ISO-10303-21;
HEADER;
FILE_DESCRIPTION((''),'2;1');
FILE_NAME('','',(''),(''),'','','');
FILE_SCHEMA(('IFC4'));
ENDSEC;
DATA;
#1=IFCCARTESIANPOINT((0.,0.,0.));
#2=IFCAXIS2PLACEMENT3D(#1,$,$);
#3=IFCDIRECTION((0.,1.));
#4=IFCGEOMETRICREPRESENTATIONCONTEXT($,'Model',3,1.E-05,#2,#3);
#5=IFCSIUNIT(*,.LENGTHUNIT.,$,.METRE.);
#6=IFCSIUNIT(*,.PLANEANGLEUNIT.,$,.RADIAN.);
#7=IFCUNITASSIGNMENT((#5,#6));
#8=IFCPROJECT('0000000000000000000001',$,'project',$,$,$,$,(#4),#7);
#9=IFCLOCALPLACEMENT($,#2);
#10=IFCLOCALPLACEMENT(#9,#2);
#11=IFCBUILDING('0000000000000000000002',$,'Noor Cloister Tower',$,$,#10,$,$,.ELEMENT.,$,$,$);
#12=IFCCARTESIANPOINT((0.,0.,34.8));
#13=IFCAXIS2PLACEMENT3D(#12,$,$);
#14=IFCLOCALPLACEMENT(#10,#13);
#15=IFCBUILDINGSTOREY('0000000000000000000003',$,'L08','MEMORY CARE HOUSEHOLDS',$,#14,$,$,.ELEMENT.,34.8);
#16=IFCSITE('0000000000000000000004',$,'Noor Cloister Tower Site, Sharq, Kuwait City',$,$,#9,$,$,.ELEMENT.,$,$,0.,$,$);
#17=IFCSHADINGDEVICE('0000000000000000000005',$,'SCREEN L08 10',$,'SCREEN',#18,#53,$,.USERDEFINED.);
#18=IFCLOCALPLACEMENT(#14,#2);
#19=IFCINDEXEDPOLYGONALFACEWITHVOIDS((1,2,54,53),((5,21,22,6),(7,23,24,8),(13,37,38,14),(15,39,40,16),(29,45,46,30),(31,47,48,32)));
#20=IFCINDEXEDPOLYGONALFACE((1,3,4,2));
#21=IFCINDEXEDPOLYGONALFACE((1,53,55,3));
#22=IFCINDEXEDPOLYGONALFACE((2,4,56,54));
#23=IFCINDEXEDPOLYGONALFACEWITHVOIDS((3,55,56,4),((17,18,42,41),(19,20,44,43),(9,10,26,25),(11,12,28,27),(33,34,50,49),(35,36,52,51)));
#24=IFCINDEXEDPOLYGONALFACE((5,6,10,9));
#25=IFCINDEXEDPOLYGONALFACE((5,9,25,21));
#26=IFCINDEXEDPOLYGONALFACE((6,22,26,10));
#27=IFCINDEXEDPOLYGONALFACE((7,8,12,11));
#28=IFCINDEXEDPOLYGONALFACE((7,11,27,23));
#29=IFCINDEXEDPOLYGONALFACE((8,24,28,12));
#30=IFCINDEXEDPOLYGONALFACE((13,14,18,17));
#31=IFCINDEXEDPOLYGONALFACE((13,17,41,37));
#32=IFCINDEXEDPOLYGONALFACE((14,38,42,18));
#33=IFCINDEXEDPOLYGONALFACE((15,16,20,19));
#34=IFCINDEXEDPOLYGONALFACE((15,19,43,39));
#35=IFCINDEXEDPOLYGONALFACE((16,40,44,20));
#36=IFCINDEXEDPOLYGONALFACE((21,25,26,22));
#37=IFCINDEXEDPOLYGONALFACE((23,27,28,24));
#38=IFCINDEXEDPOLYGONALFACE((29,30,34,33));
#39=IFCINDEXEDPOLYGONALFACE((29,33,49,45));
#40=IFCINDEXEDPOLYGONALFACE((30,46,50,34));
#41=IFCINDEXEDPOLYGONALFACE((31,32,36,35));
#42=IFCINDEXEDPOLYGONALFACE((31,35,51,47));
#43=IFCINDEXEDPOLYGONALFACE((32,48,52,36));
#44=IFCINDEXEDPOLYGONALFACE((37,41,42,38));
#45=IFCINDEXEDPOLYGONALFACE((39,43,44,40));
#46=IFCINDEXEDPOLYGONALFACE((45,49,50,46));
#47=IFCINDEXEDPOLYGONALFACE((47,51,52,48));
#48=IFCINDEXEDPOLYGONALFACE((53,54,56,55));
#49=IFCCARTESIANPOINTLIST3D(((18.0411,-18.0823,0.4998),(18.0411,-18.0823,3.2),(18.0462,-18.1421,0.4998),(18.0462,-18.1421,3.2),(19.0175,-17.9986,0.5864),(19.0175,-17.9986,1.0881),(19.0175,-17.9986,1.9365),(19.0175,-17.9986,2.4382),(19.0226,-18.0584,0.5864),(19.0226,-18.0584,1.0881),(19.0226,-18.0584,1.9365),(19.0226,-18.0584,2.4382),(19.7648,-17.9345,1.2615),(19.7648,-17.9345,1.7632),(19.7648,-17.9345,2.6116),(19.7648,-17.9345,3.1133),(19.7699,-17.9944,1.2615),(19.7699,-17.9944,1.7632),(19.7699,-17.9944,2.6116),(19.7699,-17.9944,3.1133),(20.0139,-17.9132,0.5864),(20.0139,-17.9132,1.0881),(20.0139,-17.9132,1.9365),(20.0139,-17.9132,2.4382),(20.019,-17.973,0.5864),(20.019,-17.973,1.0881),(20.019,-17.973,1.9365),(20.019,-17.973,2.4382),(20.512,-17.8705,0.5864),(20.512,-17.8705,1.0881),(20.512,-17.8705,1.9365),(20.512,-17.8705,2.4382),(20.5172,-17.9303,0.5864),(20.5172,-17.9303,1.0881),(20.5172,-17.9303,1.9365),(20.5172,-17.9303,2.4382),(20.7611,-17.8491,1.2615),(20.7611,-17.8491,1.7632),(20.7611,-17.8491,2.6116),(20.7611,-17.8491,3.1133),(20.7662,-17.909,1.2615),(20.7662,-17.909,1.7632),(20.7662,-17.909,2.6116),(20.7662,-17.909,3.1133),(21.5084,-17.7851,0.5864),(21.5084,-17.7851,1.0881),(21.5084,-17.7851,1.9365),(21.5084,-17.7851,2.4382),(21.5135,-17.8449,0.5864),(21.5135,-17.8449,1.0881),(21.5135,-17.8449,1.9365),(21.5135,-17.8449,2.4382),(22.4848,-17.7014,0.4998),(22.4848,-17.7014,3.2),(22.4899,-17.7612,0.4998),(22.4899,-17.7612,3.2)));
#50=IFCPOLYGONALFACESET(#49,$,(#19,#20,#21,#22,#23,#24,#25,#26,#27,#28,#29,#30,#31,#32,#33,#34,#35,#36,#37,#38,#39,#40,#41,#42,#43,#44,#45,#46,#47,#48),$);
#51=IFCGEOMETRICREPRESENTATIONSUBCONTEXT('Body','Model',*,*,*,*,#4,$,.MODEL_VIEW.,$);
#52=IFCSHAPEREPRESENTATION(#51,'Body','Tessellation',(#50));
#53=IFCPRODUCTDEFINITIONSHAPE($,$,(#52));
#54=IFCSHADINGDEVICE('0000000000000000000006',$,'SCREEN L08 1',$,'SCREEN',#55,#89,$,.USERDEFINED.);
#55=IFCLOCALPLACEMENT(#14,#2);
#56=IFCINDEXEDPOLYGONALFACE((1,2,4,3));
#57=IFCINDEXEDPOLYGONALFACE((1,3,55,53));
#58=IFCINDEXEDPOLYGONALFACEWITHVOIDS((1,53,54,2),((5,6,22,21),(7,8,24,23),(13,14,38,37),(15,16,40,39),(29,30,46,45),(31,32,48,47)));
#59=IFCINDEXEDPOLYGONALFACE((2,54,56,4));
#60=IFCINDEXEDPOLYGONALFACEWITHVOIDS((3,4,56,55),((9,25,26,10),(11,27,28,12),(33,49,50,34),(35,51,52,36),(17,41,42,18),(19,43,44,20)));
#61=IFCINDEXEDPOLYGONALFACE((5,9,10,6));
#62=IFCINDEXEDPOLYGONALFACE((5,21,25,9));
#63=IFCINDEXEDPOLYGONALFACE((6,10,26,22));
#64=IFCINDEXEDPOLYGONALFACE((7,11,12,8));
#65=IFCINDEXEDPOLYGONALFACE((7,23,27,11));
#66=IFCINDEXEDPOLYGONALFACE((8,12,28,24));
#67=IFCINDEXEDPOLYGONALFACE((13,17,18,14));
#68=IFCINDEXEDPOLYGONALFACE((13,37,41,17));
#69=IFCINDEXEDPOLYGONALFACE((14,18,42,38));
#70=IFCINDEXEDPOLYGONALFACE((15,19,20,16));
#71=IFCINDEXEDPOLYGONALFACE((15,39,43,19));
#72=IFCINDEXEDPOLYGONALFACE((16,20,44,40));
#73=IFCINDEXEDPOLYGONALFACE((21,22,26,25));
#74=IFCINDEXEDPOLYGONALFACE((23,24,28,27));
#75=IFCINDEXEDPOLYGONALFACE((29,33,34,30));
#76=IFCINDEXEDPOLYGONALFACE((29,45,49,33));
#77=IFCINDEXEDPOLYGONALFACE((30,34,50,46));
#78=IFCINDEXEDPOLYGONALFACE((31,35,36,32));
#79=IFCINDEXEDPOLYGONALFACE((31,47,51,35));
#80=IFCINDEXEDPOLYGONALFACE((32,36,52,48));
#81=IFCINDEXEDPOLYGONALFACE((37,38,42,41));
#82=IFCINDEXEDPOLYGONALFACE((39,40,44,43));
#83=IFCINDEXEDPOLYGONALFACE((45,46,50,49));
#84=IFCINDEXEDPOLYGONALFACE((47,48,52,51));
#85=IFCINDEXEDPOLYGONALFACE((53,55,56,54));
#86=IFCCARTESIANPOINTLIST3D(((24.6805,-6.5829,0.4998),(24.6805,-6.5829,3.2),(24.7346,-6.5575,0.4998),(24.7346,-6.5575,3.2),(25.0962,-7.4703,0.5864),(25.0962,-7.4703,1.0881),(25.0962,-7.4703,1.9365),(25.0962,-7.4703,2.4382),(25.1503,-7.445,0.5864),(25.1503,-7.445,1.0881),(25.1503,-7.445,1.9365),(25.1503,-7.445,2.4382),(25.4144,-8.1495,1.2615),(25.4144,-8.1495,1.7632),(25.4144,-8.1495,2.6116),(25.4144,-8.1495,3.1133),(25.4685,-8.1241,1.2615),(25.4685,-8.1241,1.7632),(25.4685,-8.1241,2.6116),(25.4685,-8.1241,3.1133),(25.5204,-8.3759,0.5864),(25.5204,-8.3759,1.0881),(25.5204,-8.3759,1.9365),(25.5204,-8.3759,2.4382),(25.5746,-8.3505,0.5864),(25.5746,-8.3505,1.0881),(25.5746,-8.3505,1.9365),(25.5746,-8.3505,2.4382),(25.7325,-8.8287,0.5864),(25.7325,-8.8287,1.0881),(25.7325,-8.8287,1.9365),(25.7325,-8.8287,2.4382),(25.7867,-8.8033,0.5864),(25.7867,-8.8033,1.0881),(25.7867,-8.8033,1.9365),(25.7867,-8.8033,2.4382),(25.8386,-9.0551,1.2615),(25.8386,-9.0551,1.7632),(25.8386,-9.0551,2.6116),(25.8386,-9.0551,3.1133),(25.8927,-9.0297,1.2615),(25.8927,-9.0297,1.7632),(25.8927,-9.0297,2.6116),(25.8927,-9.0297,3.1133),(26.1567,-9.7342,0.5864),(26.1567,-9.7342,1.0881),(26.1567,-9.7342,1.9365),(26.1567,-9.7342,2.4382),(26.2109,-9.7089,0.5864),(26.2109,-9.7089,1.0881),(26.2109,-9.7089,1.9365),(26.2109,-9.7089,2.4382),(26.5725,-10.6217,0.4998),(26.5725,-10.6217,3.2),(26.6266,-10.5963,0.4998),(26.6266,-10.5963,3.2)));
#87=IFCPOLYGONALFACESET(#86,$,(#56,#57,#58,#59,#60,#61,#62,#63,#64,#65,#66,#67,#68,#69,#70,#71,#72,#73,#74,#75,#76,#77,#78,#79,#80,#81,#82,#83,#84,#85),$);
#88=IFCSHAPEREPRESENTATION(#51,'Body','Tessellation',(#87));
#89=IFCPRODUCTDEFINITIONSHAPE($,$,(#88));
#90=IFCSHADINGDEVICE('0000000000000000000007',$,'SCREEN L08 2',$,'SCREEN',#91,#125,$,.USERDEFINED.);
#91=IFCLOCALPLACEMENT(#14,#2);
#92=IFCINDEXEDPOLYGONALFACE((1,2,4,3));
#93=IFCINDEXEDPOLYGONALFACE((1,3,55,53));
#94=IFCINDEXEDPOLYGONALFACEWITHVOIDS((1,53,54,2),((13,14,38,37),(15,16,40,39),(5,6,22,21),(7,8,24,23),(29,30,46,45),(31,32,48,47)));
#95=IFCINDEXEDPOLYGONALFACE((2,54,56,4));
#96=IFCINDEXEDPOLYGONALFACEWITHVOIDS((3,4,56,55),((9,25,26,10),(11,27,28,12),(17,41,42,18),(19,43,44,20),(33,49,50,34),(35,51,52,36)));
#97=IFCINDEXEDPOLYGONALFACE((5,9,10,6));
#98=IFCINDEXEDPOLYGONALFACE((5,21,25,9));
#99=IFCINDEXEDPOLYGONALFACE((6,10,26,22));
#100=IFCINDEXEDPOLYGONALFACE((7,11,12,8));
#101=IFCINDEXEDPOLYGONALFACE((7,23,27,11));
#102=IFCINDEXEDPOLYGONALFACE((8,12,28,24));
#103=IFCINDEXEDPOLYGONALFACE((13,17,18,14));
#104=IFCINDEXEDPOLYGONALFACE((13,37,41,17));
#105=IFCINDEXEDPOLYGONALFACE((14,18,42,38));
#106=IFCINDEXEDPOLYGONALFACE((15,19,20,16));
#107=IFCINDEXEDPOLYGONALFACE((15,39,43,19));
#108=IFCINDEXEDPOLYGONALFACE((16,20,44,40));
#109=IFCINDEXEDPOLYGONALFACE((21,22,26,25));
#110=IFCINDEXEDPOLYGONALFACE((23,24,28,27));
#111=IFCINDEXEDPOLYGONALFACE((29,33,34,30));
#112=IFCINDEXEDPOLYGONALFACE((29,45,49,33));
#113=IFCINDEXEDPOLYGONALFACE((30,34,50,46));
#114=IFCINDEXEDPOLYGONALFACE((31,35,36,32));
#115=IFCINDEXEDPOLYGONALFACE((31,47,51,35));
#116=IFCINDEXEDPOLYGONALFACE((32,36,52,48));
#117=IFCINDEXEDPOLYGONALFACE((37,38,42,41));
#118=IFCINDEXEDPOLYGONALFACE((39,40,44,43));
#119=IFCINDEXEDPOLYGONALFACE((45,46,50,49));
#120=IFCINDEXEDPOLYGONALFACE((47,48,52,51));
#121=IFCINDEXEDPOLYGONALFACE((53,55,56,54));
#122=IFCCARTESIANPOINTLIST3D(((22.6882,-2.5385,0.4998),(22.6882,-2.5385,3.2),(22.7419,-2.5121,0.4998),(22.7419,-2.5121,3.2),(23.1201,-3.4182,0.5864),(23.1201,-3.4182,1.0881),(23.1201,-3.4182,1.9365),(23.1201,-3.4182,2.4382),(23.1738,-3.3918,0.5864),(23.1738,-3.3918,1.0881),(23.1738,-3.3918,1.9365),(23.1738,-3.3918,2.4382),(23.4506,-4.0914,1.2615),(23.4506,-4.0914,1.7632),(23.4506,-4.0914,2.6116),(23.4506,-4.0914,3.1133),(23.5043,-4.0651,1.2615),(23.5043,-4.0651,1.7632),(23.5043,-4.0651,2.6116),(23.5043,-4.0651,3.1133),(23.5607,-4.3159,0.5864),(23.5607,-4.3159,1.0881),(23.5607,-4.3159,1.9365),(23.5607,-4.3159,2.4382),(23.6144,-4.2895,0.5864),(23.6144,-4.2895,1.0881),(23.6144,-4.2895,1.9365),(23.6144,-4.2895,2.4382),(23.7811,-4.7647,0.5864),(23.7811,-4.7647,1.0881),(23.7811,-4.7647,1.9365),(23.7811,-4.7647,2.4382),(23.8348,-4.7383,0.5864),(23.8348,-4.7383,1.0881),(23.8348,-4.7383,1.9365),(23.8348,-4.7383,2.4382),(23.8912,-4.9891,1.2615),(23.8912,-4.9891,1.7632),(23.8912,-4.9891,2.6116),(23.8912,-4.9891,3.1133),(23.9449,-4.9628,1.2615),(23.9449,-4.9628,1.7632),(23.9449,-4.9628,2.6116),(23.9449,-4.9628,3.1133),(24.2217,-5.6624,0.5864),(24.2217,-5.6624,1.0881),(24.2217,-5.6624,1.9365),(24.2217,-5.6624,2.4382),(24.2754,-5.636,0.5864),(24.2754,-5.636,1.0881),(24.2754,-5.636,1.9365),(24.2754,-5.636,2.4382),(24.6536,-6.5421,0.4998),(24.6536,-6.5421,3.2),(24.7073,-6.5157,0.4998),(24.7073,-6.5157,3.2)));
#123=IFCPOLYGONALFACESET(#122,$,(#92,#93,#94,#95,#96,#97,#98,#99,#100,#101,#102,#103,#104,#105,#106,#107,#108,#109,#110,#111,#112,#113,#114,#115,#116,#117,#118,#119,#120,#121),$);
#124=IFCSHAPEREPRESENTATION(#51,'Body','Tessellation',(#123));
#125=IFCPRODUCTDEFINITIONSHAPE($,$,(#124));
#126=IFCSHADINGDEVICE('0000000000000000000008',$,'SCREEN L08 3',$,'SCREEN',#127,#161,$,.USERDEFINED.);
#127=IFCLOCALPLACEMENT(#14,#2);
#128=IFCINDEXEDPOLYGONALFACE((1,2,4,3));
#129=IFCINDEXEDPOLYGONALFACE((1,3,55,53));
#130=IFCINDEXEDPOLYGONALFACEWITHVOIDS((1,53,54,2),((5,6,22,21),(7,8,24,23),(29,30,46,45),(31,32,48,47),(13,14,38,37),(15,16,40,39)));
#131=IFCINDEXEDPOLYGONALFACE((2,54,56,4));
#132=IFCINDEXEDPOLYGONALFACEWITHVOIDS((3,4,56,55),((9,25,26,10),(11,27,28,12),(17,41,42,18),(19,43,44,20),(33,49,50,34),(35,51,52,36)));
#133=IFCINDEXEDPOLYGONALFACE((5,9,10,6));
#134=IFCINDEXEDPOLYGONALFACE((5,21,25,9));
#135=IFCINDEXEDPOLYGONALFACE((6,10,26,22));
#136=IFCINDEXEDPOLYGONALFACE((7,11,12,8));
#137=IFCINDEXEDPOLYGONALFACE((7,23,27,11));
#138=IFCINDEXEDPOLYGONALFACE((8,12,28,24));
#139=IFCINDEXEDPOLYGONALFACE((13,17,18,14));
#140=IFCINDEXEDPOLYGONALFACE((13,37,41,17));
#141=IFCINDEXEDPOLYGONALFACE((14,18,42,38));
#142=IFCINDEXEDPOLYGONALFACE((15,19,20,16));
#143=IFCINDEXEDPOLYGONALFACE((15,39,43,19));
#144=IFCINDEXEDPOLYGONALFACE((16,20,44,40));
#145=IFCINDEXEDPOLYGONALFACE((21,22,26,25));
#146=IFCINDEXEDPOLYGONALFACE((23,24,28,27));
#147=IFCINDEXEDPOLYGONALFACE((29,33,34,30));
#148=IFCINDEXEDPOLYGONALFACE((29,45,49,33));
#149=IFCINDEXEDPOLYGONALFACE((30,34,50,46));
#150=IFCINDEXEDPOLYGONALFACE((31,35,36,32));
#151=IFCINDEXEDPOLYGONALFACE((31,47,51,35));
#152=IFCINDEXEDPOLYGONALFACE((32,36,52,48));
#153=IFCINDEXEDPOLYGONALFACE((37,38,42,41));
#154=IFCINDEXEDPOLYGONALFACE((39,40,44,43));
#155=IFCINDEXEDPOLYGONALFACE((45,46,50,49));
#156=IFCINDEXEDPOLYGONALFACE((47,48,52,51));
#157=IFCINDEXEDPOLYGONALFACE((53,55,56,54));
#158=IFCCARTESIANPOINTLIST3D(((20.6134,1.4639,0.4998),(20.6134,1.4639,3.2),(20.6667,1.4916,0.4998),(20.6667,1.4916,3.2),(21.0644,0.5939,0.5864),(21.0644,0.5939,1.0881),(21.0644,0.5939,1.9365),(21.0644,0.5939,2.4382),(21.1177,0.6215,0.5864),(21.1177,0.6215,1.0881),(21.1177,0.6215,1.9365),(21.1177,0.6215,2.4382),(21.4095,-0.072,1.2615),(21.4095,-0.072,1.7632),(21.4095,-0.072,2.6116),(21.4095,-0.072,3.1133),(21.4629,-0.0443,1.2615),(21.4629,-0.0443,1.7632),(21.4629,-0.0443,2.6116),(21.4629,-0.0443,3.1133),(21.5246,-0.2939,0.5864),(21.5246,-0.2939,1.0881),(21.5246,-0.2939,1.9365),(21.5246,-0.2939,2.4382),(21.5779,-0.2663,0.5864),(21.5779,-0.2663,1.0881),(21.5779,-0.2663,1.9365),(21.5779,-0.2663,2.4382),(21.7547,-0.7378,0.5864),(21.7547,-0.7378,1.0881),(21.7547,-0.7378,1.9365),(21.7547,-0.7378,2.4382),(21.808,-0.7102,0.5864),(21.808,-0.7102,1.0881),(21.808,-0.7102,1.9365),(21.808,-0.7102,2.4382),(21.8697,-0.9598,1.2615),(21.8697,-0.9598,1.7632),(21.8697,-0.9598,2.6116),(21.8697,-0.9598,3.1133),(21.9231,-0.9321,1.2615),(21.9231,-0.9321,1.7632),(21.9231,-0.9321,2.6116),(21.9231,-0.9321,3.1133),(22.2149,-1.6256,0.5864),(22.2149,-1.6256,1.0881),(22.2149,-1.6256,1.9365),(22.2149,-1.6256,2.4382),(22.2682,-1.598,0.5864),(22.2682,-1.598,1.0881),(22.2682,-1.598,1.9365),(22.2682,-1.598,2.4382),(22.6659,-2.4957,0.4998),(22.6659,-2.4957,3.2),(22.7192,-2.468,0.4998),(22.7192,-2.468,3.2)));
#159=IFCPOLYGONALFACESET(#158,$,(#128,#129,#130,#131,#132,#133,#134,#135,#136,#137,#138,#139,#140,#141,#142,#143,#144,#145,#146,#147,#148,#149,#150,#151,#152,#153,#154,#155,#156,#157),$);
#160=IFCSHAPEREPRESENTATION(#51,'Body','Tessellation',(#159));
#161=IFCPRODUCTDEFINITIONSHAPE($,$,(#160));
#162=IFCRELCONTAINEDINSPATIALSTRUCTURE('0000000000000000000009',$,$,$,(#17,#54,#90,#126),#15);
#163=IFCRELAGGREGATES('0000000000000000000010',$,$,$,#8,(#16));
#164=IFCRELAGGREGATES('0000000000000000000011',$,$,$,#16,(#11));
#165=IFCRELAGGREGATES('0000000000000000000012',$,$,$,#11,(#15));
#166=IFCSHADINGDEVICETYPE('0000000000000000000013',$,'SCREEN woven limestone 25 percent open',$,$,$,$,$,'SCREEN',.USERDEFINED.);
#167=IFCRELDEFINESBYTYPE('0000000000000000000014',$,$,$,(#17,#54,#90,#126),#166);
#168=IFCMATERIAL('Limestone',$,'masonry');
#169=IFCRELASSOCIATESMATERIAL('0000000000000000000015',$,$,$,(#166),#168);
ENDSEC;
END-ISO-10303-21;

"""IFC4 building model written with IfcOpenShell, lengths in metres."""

from ifc_helpers import new_model, si_unit, direction, frame, origin, place, context, subcontext, project, spatial, polyline, outline, extrude, material, material_profile, profile_set, type_object, element, save


model = new_model("IFC4")

# Units and contexts
model_context = context("Model", 3, precision=1e-05, world=origin(), true_north=direction((0.0, 1.0)))
body_context = subcontext(model_context, "Body", "Model", "MODEL_VIEW")
ifc_project = project(units=[si_unit("LENGTHUNIT", "METRE"), si_unit("PLANEANGLEUNIT", "RADIAN")], contexts=[model_context])

# Site, building, storey
site_placement = place(None, origin())
site = spatial("IfcSite", under=ifc_project, at=site_placement, Name="Noor Cloister Tower Site, Sharq, Kuwait City", CompositionType="ELEMENT", RefElevation=0.0)
building_placement = place(site_placement, origin())
building = spatial("IfcBuilding", under=site, at=building_placement, Name="Noor Cloister Tower", CompositionType="ELEMENT")
storey_placement = place(building_placement, frame((0.0, 0.0, 34.8)))
storey = spatial("IfcBuildingStorey", under=building, at=storey_placement, Name="L08", Description="MEMORY CARE HOUSEHOLDS", CompositionType="ELEMENT", Elevation=34.8)

# Shading devices
ifc_material_1 = material(Name="Limestone", Category="masonry")
ifc_material_profile_1 = material_profile(ifc_material_1, outline(polyline([(-2.23, -1.3501), (2.23, -1.3501), (2.23, 1.3501), (-2.23, 1.3501), (-2.23, -1.3501)]), holes=[polyline([(-1.25, -1.2634), (-0.25, -1.2634), (-0.25, -0.7617), (-1.25, -0.7617), (-1.25, -1.2634)]), polyline([(0.25, -1.2634), (1.25, -1.2634), (1.25, -0.7617), (0.25, -0.7617), (0.25, -1.2634)]), polyline([(-0.5, -0.5884), (0.5, -0.5884), (0.5, -0.0867), (-0.5, -0.0867), (-0.5, -0.5884)]), polyline([(-1.25, 0.0867), (-0.25, 0.0867), (-0.25, 0.5884), (-1.25, 0.5884), (-1.25, 0.0867)]), polyline([(0.25, 0.0867), (1.25, 0.0867), (1.25, 0.5884), (0.25, 0.5884), (0.25, 0.0867)]), polyline([(-0.5, 0.7617), (0.5, 0.7617), (0.5, 1.2634), (-0.5, 1.2634), (-0.5, 0.7617)])]), Name="Woven screen 25 percent open")
ifc_profile_set_1 = profile_set([ifc_material_profile_1], Name="Limestone")
shading_device_type = type_object("IfcShadingDeviceType", Name="SCREEN woven limestone 25 percent open", ElementType="SCREEN", PredefinedType="USERDEFINED", material=ifc_profile_set_1)
shading_device_1_placement = place(storey_placement, frame((20.2629, -17.8918, 1.8499), z_axis=(0.085401, -0.996347, 0.0), x_axis=(0.996347, 0.085401, 0.0)))
element("IfcShadingDevice", 1, at=shading_device_1_placement, inside=storey, type_object=shading_device_type, Name="SCREEN L08 10", ObjectType="SCREEN", PredefinedType="USERDEFINED", context=body_context, shape_type="SweptSolid", body=[
    extrude(outline(polyline([(-2.23, -1.3501), (2.23, -1.3501), (2.23, 1.3501), (-2.23, 1.3501), (-2.23, -1.3501)]), holes=[polyline([(-1.25, -1.2634), (-0.25, -1.2634), (-0.25, -0.7617), (-1.25, -0.7617), (-1.25, -1.2634)]), polyline([(0.25, -1.2634), (1.25, -1.2634), (1.25, -0.7617), (0.25, -0.7617), (0.25, -1.2634)]), polyline([(-0.5, -0.5884), (0.5, -0.5884), (0.5, -0.0867), (-0.5, -0.0867), (-0.5, -0.5884)]), polyline([(-1.25, 0.0867), (-0.25, 0.0867), (-0.25, 0.5884), (-1.25, 0.5884), (-1.25, 0.0867)]), polyline([(0.25, 0.0867), (1.25, 0.0867), (1.25, 0.5884), (0.25, 0.5884), (0.25, 0.0867)]), polyline([(-0.5, 0.7617), (0.5, 0.7617), (0.5, 1.2634), (-0.5, 1.2634), (-0.5, 0.7617)])]), origin(), (0.0, 0.0, 1.0), 0.0601),
])
for number, where, z_axis, x_axis, name in (
    (2, (25.6265, -8.6023, 1.8499), (0.905557, 0.424225, 0.0), (-0.424225, 0.905557, 0.0), "SCREEN L08 1"),
    (3, (23.6709, -4.5403, 1.8499), (0.897668, 0.440673, 0.0), (-0.440673, 0.897668, 0.0), "SCREEN L08 2"),
):
    element("IfcShadingDevice", number, at=place(storey_placement, frame(where, z_axis=z_axis, x_axis=x_axis)), inside=storey, type_object=shading_device_type, Name=name, ObjectType="SCREEN", PredefinedType="USERDEFINED", context=body_context, shape_type="SweptSolid", body=[
        extrude(outline(polyline([(-2.23, -1.3501), (2.23, -1.3501), (2.23, 1.3501), (-2.23, 1.3501), (-2.23, -1.3501)]), holes=[polyline([(-1.25, -1.2634), (-0.25, -1.2634), (-0.25, -0.7617), (-1.25, -0.7617), (-1.25, -1.2634)]), polyline([(0.25, -1.2634), (1.25, -1.2634), (1.25, -0.7617), (0.25, -0.7617), (0.25, -1.2634)]), polyline([(-0.5, -0.5884), (0.5, -0.5884), (0.5, -0.0867), (-0.5, -0.0867), (-0.5, -0.5884)]), polyline([(-1.25, 0.0867), (-0.25, 0.0867), (-0.25, 0.5884), (-1.25, 0.5884), (-1.25, 0.0867)]), polyline([(0.25, 0.0867), (1.25, 0.0867), (1.25, 0.5884), (0.25, 0.5884), (0.25, 0.0867)]), polyline([(-0.5, 0.7617), (0.5, 0.7617), (0.5, 1.2634), (-0.5, 1.2634), (-0.5, 0.7617)])]), origin(), (0.0, 0.0, 1.0), 0.0598),
    ])
shading_device_2_placement = place(storey_placement, frame((21.6396, -0.5159, 1.8499), z_axis=(0.887816, 0.460198, 0.0), x_axis=(-0.460198, 0.887816, 0.0)))
element("IfcShadingDevice", 4, at=shading_device_2_placement, inside=storey, type_object=shading_device_type, Name="SCREEN L08 3", ObjectType="SCREEN", PredefinedType="USERDEFINED", context=body_context, shape_type="SweptSolid", body=[
    extrude(outline(polyline([(-2.23, -1.3501), (2.23, -1.3501), (2.23, 1.3501), (-2.23, 1.3501), (-2.23, -1.3501)]), holes=[polyline([(-1.25, -1.2634), (-0.25, -1.2634), (-0.25, -0.7617), (-1.25, -0.7617), (-1.25, -1.2634)]), polyline([(0.25, -1.2634), (1.25, -1.2634), (1.25, -0.7617), (0.25, -0.7617), (0.25, -1.2634)]), polyline([(-0.5, -0.5884), (0.5, -0.5884), (0.5, -0.0867), (-0.5, -0.0867), (-0.5, -0.5884)]), polyline([(-1.25, 0.0867), (-0.25, 0.0867), (-0.25, 0.5884), (-1.25, 0.5884), (-1.25, 0.0867)]), polyline([(0.25, 0.0867), (1.25, 0.0867), (1.25, 0.5884), (0.25, 0.5884), (0.25, 0.0867)]), polyline([(-0.5, 0.7617), (0.5, 0.7617), (0.5, 1.2634), (-0.5, 1.2634), (-0.5, 0.7617)])]), origin(), (0.0, 0.0, 1.0), 0.0601),
])

save(model, "model.ifc")
